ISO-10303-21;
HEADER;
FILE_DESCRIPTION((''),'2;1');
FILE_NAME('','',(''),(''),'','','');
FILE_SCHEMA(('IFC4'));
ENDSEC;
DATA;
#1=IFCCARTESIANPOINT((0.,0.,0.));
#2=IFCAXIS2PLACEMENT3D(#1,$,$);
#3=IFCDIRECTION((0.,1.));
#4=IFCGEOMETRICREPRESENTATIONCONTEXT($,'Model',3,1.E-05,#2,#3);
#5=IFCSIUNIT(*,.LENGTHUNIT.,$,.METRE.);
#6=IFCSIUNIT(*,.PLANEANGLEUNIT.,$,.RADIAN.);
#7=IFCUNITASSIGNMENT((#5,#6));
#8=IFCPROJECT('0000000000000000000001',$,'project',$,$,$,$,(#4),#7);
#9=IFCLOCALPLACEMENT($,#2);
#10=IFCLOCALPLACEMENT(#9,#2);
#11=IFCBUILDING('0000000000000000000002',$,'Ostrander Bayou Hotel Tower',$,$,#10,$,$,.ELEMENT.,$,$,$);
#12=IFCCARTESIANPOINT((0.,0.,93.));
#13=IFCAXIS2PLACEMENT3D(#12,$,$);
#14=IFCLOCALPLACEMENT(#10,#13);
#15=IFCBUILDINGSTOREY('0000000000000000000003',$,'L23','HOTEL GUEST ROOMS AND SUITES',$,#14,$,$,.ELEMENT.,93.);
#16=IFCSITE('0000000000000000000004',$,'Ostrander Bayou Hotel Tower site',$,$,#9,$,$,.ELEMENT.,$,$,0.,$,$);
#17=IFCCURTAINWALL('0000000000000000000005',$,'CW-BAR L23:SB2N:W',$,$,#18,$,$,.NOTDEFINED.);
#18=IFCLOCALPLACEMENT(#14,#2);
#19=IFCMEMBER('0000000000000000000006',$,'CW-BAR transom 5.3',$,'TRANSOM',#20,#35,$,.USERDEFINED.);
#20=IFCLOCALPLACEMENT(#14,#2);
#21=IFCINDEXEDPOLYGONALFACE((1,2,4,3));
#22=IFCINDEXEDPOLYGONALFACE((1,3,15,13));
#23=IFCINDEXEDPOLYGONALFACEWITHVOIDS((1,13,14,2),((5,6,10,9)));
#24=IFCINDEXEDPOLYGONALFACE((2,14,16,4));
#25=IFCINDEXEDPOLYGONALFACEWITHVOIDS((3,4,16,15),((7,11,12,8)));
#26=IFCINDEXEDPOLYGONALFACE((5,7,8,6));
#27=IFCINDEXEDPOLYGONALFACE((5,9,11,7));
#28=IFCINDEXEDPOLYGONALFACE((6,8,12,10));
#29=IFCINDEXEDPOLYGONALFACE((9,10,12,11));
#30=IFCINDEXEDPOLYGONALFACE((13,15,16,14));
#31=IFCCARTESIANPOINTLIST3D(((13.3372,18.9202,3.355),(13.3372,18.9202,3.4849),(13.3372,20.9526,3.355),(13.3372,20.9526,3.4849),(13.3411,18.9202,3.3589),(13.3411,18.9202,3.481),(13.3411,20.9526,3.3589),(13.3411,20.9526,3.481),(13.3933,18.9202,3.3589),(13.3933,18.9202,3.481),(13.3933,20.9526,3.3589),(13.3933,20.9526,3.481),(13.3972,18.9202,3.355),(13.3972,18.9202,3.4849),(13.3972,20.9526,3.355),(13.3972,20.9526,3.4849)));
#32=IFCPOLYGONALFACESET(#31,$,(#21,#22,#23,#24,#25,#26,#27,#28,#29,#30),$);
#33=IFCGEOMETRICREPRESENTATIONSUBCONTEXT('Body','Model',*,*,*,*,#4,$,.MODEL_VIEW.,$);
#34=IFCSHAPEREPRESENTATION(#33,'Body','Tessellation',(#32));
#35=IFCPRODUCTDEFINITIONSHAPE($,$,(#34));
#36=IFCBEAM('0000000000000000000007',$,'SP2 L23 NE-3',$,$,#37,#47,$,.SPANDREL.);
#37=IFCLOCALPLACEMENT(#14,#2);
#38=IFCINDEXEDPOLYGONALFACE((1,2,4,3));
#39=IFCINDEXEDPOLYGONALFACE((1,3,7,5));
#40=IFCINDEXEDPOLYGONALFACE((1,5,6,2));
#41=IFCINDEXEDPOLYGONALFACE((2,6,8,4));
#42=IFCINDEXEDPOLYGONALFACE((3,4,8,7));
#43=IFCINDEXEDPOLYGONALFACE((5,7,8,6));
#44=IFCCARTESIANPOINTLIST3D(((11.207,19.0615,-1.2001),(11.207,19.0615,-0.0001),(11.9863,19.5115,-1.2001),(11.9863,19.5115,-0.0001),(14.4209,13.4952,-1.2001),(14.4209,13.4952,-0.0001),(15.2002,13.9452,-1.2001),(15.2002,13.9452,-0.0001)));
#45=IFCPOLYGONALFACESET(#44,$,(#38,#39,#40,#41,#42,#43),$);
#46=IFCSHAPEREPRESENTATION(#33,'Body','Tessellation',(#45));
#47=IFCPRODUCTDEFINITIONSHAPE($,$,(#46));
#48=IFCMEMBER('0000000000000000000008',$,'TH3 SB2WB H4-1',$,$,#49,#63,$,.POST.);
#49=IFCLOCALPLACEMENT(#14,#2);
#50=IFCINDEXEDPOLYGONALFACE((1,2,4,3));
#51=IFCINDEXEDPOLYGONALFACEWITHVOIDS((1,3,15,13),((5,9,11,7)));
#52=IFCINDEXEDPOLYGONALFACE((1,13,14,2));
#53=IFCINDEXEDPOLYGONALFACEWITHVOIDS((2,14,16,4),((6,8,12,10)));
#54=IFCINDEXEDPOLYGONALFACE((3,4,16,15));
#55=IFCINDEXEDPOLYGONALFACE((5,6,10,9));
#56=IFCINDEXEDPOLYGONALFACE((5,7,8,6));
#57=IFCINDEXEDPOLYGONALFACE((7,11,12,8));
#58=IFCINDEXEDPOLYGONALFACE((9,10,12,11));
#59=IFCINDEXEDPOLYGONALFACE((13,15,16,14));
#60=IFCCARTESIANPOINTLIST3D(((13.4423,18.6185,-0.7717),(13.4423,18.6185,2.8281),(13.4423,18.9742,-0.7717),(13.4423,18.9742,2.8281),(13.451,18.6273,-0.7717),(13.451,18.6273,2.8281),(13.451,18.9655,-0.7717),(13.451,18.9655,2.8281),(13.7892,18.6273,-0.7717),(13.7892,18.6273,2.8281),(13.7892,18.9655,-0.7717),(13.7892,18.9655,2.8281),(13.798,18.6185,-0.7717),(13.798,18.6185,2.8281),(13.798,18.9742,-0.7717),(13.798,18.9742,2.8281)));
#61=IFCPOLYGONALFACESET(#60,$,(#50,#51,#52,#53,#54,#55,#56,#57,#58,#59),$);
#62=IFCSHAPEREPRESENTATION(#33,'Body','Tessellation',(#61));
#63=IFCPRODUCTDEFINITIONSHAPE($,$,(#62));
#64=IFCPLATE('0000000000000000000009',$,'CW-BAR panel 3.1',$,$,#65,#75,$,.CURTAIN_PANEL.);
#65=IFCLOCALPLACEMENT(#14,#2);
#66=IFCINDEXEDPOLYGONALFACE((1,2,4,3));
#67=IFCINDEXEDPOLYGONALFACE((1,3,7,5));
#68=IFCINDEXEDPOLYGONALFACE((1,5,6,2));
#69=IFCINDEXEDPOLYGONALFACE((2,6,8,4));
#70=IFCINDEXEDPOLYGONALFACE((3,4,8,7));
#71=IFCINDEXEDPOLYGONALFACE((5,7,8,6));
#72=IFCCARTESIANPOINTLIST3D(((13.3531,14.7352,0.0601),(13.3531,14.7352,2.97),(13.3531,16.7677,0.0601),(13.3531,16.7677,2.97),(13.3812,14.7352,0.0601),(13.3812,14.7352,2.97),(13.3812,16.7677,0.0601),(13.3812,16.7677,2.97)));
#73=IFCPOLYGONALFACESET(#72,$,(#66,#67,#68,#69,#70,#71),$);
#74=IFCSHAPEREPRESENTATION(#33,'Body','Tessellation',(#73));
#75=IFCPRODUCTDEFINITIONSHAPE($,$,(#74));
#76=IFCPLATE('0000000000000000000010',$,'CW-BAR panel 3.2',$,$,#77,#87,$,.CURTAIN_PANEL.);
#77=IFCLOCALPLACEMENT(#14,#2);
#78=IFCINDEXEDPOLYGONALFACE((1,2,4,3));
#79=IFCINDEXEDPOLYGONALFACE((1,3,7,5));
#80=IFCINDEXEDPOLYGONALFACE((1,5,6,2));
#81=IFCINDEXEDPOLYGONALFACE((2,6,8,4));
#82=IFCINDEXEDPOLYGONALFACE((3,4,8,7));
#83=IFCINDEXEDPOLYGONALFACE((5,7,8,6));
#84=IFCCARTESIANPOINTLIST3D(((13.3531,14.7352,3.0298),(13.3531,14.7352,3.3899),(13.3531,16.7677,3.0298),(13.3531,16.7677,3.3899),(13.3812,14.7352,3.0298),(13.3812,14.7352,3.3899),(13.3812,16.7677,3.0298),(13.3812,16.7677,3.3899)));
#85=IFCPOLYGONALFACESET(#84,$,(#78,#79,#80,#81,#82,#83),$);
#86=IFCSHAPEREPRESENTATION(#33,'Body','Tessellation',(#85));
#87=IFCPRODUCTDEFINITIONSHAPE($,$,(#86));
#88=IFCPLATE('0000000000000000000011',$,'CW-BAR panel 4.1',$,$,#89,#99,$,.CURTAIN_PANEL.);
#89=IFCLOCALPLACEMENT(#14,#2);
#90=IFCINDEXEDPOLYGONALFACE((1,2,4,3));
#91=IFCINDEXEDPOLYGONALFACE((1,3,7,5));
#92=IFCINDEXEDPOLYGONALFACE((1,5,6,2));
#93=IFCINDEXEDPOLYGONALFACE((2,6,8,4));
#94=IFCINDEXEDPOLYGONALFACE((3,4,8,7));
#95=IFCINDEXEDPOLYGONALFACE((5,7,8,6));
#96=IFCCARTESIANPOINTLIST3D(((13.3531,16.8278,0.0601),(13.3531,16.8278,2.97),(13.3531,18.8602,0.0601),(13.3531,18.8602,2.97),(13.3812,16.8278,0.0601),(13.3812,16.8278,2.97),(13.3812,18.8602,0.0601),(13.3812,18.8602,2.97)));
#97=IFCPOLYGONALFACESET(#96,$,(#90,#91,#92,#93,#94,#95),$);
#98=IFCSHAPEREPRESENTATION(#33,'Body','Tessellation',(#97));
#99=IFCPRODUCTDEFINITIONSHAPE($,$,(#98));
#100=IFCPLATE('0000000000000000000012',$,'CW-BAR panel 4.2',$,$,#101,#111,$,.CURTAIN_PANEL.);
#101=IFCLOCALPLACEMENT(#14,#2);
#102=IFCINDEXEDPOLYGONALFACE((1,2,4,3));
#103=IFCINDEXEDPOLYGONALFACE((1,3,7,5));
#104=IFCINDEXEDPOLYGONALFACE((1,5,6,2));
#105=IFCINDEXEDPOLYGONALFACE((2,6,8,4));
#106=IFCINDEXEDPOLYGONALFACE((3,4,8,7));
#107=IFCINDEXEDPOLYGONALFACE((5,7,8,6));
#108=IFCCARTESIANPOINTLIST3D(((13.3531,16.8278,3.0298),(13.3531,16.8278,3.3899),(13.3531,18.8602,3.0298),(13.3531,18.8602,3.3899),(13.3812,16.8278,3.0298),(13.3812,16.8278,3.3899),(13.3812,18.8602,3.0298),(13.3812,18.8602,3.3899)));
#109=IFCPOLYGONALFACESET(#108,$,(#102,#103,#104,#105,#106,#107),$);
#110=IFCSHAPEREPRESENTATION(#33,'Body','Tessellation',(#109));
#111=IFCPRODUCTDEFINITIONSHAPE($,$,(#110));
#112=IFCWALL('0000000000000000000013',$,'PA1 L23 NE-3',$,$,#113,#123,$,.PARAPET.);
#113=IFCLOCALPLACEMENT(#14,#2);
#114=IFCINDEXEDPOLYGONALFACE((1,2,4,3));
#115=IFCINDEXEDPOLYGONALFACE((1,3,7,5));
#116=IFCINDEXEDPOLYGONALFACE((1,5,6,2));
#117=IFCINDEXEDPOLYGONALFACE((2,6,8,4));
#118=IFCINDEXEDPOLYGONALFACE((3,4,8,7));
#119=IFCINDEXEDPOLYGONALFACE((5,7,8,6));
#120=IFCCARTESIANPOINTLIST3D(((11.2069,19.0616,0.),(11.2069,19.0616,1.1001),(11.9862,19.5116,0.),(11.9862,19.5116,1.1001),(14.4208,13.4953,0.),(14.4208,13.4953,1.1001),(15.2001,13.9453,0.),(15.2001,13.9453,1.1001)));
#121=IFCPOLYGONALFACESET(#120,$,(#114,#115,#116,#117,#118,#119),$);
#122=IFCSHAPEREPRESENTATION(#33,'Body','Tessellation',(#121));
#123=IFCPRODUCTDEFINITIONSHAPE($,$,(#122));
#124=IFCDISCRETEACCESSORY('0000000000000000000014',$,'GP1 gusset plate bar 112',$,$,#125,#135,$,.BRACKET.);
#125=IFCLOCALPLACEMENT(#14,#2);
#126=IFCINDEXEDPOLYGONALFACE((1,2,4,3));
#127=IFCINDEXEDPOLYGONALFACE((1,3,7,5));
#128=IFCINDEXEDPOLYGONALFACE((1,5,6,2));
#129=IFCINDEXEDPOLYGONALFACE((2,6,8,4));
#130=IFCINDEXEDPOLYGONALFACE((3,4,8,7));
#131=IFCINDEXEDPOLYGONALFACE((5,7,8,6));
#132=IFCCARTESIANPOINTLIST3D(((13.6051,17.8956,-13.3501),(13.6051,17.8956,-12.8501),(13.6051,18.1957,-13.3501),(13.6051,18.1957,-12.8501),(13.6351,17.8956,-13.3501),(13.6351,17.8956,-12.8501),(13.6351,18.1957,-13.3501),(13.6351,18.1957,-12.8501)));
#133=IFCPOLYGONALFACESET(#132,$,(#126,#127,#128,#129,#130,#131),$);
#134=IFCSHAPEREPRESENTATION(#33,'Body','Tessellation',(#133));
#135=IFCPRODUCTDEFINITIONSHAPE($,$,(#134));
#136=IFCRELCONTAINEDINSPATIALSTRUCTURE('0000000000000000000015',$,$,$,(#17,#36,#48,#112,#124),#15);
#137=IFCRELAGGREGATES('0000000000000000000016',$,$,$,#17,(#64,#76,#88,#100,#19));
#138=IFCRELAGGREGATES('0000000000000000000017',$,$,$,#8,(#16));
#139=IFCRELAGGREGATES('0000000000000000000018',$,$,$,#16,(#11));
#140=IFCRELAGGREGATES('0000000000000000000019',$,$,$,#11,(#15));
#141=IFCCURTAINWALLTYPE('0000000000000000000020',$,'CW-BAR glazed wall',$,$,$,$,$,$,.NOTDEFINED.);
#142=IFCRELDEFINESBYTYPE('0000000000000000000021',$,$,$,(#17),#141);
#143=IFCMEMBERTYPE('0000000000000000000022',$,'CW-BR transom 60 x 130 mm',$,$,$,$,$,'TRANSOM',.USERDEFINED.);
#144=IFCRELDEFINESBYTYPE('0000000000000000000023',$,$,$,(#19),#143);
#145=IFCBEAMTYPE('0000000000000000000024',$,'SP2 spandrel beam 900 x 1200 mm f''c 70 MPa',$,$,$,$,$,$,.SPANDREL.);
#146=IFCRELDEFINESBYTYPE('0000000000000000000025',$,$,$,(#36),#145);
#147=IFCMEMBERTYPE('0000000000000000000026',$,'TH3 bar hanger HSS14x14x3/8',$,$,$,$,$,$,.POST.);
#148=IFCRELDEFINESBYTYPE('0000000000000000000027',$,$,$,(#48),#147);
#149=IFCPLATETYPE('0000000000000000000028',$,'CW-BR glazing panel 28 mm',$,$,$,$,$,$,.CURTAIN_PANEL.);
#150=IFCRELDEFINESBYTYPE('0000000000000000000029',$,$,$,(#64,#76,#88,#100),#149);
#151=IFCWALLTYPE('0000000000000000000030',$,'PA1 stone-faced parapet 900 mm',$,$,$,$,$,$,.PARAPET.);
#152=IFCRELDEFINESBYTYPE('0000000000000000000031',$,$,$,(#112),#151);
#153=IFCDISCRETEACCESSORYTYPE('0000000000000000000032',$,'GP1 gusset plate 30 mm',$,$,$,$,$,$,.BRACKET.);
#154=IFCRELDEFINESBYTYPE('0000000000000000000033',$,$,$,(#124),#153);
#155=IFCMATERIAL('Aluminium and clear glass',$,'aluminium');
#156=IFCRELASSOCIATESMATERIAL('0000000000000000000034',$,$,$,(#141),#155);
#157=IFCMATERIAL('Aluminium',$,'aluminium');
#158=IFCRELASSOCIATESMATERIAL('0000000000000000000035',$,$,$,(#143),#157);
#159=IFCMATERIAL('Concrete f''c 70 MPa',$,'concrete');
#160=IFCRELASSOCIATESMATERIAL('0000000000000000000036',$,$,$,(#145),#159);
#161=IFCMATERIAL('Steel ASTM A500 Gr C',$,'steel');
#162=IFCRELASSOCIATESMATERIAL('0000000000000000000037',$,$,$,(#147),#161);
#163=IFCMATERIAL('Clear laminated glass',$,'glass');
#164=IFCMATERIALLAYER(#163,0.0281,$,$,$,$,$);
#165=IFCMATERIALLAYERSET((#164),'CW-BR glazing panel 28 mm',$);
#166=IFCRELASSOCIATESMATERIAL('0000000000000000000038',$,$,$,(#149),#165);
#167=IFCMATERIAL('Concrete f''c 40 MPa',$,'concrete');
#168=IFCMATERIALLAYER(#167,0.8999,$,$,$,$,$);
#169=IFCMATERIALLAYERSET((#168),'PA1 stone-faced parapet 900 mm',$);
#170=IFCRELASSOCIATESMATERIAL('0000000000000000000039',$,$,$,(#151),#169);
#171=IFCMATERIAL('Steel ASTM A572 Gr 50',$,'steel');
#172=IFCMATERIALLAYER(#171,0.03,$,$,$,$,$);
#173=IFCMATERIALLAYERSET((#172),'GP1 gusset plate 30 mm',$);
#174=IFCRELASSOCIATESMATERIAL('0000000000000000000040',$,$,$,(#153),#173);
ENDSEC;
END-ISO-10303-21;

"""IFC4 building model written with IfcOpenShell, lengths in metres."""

from ifc_helpers import new_model, si_unit, direction, frame, frame_2d, origin, origin_2d, place, context, subcontext, project, spatial, rectangle, hollow_rectangle, extrude, material, layer, layer_set, material_profile, profile_set, type_object, element, aggregate, save


model = new_model("IFC4")

# Units and contexts
model_context = context("Model", 3, precision=1e-05, world=origin(), true_north=direction((0.0, 1.0)))
body_context = subcontext(model_context, "Body", "Model", "MODEL_VIEW")
ifc_project = project(units=[si_unit("LENGTHUNIT", "METRE"), si_unit("PLANEANGLEUNIT", "RADIAN")], contexts=[model_context])

# Site, building, storey
site_placement = place(None, origin())
site = spatial("IfcSite", under=ifc_project, at=site_placement, Name="Ostrander Bayou Hotel Tower site", CompositionType="ELEMENT", RefElevation=0.0)
building_placement = place(site_placement, origin())
building = spatial("IfcBuilding", under=site, at=building_placement, Name="Ostrander Bayou Hotel Tower", CompositionType="ELEMENT")
storey_placement = place(building_placement, frame((0.0, 0.0, 93.0)))
storey = spatial("IfcBuildingStorey", under=building, at=storey_placement, Name="L23", Description="HOTEL GUEST ROOMS AND SUITES", CompositionType="ELEMENT", Elevation=93.0)

# Curtain wall, member
ifc_material_1 = material(Name="Aluminium and clear glass", Category="aluminium")
curtain_wall_type = type_object("IfcCurtainWallType", Name="CW-BAR glazed wall", PredefinedType="NOTDEFINED", material=ifc_material_1)
curtain_wall_placement = place(storey_placement, origin())
curtain_wall = element("IfcCurtainWall", 1, at=curtain_wall_placement, inside=storey, type_object=curtain_wall_type, Name="CW-BAR L23:SB2N:W", PredefinedType="NOTDEFINED")
ifc_material_2 = material(Name="Aluminium", Category="aluminium")
ifc_material_profile_1 = material_profile(ifc_material_2, hollow_rectangle(XDim=0.0601, YDim=0.1299, WallThickness=0.0039, at=origin_2d()))
ifc_profile_set_1 = profile_set([ifc_material_profile_1], Name="Aluminium")
member_type_1 = type_object("IfcMemberType", Name="CW-BR transom 60 x 130 mm", ElementType="TRANSOM", PredefinedType="USERDEFINED", material=ifc_profile_set_1)
member_1_placement = place(storey_placement, frame((13.3672, 18.9202, 3.4199), z_axis=(0.0, 1.0, 0.0), x_axis=(-1.0, 0.0, 0.0)))
member_1 = element("IfcMember", 2, at=member_1_placement, type_object=member_type_1, Name="CW-BAR transom 5.3", ObjectType="TRANSOM", PredefinedType="USERDEFINED", context=body_context, shape_type="SweptSolid", body=[
    extrude(hollow_rectangle(XDim=0.0601, YDim=0.1299, WallThickness=0.0039, at=origin_2d()), origin(), (0.0, 0.0, 1.0), 2.0325),
])

# Beam
ifc_material_3 = material(Name="Concrete f'c 70 MPa", Category="concrete")
ifc_material_profile_2 = material_profile(ifc_material_3, rectangle(XDim=0.8999, YDim=1.2, at=origin_2d()))
ifc_profile_set_2 = profile_set([ifc_material_profile_2], Name="Concrete f'c 70 MPa")
beam_type = type_object("IfcBeamType", Name="SP2 spandrel beam 900 x 1200 mm f'c 70 MPa", PredefinedType="SPANDREL", material=ifc_profile_set_2)
beam_placement = place(storey_placement, frame((14.8105, 13.7202, -0.6001), z_axis=(-0.500028, 0.866009, 0.0), x_axis=(-0.866009, -0.500028, 0.0)))
element("IfcBeam", 3, at=beam_placement, inside=storey, type_object=beam_type, Name="SP2 L23 NE-3", PredefinedType="SPANDREL", context=body_context, shape_type="SweptSolid", body=[
    extrude(rectangle(XDim=0.8999, YDim=1.2, at=origin_2d()), origin(), (0.0, 0.0, 1.0), 6.4275),
])

# Member
ifc_material_4 = material(Name="Steel ASTM A500 Gr C", Category="steel")
ifc_material_profile_3 = material_profile(ifc_material_4, hollow_rectangle(XDim=0.3557, YDim=0.3557, WallThickness=0.0088, at=origin_2d()))
ifc_profile_set_3 = profile_set([ifc_material_profile_3], Name="Steel ASTM A500 Gr C")
member_type_2 = type_object("IfcMemberType", Name="TH3 bar hanger HSS14x14x3/8", PredefinedType="POST", material=ifc_profile_set_3)
member_2_placement = place(storey_placement, frame((13.6201, 18.7964, -0.7717), z_axis=(0.0, 0.0, 1.0), x_axis=(1.0, 0.0, 0.0)))
element("IfcMember", 4, at=member_2_placement, inside=storey, type_object=member_type_2, Name="TH3 SB2WB H4-1", PredefinedType="POST", context=body_context, shape_type="SweptSolid", body=[
    extrude(hollow_rectangle(XDim=0.3557, YDim=0.3557, WallThickness=0.0088, at=origin_2d()), origin(), (0.0, 0.0, 1.0), 3.5999),
])

# Plates
ifc_material_5 = material(Name="Clear laminated glass", Category="glass")
ifc_layer_1 = layer(ifc_material_5, 0.0281)
ifc_layer_set_1 = layer_set([ifc_layer_1], Name="CW-BR glazing panel 28 mm")
plate_type = type_object("IfcPlateType", Name="CW-BR glazing panel 28 mm", PredefinedType="CURTAIN_PANEL", material=ifc_layer_set_1)
plate_1_placement = place(storey_placement, frame((13.3672, 15.7515, 0.0601), z_axis=(0.0, 0.0, 1.0), x_axis=(0.0, 1.0, 0.0)))
plate_1 = element("IfcPlate", 5, at=plate_1_placement, type_object=plate_type, Name="CW-BAR panel 3.1", PredefinedType="CURTAIN_PANEL", context=body_context, shape_type="SweptSolid", body=[
    extrude(rectangle(XDim=2.0325, YDim=0.0281, at=origin_2d()), origin(), (0.0, 0.0, 1.0), 2.9099),
])
plate_2_placement = place(storey_placement, frame((13.3672, 15.7515, 3.0298), z_axis=(0.0, 0.0, 1.0), x_axis=(0.0, 1.0, 0.0)))
plate_2 = element("IfcPlate", 6, at=plate_2_placement, type_object=plate_type, Name="CW-BAR panel 3.2", PredefinedType="CURTAIN_PANEL", context=body_context, shape_type="SweptSolid", body=[
    extrude(rectangle(XDim=2.0325, YDim=0.0281, at=origin_2d()), origin(), (0.0, 0.0, 1.0), 0.3601),
])
plate_3_placement = place(storey_placement, frame((13.3672, 17.844, 0.0601), z_axis=(0.0, 0.0, 1.0), x_axis=(0.0, 1.0, 0.0)))
plate_3 = element("IfcPlate", 7, at=plate_3_placement, type_object=plate_type, Name="CW-BAR panel 4.1", PredefinedType="CURTAIN_PANEL", context=body_context, shape_type="SweptSolid", body=[
    extrude(rectangle(XDim=2.0325, YDim=0.0281, at=origin_2d()), origin(), (0.0, 0.0, 1.0), 2.9099),
])
plate_4_placement = place(storey_placement, frame((13.3672, 17.844, 3.0298), z_axis=(0.0, 0.0, 1.0), x_axis=(0.0, 1.0, 0.0)))
plate_4 = element("IfcPlate", 8, at=plate_4_placement, type_object=plate_type, Name="CW-BAR panel 4.2", PredefinedType="CURTAIN_PANEL", context=body_context, shape_type="SweptSolid", body=[
    extrude(rectangle(XDim=2.0325, YDim=0.0281, at=origin_2d()), origin(), (0.0, 0.0, 1.0), 0.3601),
])
aggregate(curtain_wall, [plate_1, plate_2, plate_3, plate_4, member_1])

# Wall
ifc_material_6 = material(Name="Concrete f'c 40 MPa", Category="concrete")
ifc_layer_2 = layer(ifc_material_6, 0.8999)
ifc_layer_set_2 = layer_set([ifc_layer_2], Name="PA1 stone-faced parapet 900 mm")
wall_type = type_object("IfcWallType", Name="PA1 stone-faced parapet 900 mm", PredefinedType="PARAPET", material=ifc_layer_set_2)
wall_placement = place(storey_placement, frame((14.8105, 13.7202, 0.0), z_axis=(0.0, 0.0, 1.0), x_axis=(-0.500028, 0.866009, 0.0)))
element("IfcWall", 9, at=wall_placement, inside=storey, type_object=wall_type, Name="PA1 L23 NE-3", PredefinedType="PARAPET", context=body_context, shape_type="SweptSolid", body=[
    extrude(rectangle(XDim=6.4275, YDim=0.8999, at=frame_2d((3.2139, 0.0))), origin(), (0.0, 0.0, 1.0), 1.1001),
])

# Discrete accessory
ifc_material_7 = material(Name="Steel ASTM A572 Gr 50", Category="steel")
ifc_layer_3 = layer(ifc_material_7, 0.03)
ifc_layer_set_3 = layer_set([ifc_layer_3], Name="GP1 gusset plate 30 mm")
discrete_accessory_type = type_object("IfcDiscreteAccessoryType", Name="GP1 gusset plate 30 mm", PredefinedType="BRACKET", material=ifc_layer_set_3)
discrete_accessory_placement = place(storey_placement, frame((13.6201, 18.0457, -13.3501), z_axis=(0.0, 0.0, 1.0), x_axis=(0.0, -1.0, 0.0)))
element("IfcDiscreteAccessory", 10, at=discrete_accessory_placement, inside=storey, type_object=discrete_accessory_type, Name="GP1 gusset plate bar 112", PredefinedType="BRACKET", context=body_context, shape_type="SweptSolid", body=[
    extrude(rectangle(XDim=0.3, YDim=0.03, at=origin_2d()), origin(), (0.0, 0.0, 1.0), 0.5),
])

save(model, "model.ifc")
